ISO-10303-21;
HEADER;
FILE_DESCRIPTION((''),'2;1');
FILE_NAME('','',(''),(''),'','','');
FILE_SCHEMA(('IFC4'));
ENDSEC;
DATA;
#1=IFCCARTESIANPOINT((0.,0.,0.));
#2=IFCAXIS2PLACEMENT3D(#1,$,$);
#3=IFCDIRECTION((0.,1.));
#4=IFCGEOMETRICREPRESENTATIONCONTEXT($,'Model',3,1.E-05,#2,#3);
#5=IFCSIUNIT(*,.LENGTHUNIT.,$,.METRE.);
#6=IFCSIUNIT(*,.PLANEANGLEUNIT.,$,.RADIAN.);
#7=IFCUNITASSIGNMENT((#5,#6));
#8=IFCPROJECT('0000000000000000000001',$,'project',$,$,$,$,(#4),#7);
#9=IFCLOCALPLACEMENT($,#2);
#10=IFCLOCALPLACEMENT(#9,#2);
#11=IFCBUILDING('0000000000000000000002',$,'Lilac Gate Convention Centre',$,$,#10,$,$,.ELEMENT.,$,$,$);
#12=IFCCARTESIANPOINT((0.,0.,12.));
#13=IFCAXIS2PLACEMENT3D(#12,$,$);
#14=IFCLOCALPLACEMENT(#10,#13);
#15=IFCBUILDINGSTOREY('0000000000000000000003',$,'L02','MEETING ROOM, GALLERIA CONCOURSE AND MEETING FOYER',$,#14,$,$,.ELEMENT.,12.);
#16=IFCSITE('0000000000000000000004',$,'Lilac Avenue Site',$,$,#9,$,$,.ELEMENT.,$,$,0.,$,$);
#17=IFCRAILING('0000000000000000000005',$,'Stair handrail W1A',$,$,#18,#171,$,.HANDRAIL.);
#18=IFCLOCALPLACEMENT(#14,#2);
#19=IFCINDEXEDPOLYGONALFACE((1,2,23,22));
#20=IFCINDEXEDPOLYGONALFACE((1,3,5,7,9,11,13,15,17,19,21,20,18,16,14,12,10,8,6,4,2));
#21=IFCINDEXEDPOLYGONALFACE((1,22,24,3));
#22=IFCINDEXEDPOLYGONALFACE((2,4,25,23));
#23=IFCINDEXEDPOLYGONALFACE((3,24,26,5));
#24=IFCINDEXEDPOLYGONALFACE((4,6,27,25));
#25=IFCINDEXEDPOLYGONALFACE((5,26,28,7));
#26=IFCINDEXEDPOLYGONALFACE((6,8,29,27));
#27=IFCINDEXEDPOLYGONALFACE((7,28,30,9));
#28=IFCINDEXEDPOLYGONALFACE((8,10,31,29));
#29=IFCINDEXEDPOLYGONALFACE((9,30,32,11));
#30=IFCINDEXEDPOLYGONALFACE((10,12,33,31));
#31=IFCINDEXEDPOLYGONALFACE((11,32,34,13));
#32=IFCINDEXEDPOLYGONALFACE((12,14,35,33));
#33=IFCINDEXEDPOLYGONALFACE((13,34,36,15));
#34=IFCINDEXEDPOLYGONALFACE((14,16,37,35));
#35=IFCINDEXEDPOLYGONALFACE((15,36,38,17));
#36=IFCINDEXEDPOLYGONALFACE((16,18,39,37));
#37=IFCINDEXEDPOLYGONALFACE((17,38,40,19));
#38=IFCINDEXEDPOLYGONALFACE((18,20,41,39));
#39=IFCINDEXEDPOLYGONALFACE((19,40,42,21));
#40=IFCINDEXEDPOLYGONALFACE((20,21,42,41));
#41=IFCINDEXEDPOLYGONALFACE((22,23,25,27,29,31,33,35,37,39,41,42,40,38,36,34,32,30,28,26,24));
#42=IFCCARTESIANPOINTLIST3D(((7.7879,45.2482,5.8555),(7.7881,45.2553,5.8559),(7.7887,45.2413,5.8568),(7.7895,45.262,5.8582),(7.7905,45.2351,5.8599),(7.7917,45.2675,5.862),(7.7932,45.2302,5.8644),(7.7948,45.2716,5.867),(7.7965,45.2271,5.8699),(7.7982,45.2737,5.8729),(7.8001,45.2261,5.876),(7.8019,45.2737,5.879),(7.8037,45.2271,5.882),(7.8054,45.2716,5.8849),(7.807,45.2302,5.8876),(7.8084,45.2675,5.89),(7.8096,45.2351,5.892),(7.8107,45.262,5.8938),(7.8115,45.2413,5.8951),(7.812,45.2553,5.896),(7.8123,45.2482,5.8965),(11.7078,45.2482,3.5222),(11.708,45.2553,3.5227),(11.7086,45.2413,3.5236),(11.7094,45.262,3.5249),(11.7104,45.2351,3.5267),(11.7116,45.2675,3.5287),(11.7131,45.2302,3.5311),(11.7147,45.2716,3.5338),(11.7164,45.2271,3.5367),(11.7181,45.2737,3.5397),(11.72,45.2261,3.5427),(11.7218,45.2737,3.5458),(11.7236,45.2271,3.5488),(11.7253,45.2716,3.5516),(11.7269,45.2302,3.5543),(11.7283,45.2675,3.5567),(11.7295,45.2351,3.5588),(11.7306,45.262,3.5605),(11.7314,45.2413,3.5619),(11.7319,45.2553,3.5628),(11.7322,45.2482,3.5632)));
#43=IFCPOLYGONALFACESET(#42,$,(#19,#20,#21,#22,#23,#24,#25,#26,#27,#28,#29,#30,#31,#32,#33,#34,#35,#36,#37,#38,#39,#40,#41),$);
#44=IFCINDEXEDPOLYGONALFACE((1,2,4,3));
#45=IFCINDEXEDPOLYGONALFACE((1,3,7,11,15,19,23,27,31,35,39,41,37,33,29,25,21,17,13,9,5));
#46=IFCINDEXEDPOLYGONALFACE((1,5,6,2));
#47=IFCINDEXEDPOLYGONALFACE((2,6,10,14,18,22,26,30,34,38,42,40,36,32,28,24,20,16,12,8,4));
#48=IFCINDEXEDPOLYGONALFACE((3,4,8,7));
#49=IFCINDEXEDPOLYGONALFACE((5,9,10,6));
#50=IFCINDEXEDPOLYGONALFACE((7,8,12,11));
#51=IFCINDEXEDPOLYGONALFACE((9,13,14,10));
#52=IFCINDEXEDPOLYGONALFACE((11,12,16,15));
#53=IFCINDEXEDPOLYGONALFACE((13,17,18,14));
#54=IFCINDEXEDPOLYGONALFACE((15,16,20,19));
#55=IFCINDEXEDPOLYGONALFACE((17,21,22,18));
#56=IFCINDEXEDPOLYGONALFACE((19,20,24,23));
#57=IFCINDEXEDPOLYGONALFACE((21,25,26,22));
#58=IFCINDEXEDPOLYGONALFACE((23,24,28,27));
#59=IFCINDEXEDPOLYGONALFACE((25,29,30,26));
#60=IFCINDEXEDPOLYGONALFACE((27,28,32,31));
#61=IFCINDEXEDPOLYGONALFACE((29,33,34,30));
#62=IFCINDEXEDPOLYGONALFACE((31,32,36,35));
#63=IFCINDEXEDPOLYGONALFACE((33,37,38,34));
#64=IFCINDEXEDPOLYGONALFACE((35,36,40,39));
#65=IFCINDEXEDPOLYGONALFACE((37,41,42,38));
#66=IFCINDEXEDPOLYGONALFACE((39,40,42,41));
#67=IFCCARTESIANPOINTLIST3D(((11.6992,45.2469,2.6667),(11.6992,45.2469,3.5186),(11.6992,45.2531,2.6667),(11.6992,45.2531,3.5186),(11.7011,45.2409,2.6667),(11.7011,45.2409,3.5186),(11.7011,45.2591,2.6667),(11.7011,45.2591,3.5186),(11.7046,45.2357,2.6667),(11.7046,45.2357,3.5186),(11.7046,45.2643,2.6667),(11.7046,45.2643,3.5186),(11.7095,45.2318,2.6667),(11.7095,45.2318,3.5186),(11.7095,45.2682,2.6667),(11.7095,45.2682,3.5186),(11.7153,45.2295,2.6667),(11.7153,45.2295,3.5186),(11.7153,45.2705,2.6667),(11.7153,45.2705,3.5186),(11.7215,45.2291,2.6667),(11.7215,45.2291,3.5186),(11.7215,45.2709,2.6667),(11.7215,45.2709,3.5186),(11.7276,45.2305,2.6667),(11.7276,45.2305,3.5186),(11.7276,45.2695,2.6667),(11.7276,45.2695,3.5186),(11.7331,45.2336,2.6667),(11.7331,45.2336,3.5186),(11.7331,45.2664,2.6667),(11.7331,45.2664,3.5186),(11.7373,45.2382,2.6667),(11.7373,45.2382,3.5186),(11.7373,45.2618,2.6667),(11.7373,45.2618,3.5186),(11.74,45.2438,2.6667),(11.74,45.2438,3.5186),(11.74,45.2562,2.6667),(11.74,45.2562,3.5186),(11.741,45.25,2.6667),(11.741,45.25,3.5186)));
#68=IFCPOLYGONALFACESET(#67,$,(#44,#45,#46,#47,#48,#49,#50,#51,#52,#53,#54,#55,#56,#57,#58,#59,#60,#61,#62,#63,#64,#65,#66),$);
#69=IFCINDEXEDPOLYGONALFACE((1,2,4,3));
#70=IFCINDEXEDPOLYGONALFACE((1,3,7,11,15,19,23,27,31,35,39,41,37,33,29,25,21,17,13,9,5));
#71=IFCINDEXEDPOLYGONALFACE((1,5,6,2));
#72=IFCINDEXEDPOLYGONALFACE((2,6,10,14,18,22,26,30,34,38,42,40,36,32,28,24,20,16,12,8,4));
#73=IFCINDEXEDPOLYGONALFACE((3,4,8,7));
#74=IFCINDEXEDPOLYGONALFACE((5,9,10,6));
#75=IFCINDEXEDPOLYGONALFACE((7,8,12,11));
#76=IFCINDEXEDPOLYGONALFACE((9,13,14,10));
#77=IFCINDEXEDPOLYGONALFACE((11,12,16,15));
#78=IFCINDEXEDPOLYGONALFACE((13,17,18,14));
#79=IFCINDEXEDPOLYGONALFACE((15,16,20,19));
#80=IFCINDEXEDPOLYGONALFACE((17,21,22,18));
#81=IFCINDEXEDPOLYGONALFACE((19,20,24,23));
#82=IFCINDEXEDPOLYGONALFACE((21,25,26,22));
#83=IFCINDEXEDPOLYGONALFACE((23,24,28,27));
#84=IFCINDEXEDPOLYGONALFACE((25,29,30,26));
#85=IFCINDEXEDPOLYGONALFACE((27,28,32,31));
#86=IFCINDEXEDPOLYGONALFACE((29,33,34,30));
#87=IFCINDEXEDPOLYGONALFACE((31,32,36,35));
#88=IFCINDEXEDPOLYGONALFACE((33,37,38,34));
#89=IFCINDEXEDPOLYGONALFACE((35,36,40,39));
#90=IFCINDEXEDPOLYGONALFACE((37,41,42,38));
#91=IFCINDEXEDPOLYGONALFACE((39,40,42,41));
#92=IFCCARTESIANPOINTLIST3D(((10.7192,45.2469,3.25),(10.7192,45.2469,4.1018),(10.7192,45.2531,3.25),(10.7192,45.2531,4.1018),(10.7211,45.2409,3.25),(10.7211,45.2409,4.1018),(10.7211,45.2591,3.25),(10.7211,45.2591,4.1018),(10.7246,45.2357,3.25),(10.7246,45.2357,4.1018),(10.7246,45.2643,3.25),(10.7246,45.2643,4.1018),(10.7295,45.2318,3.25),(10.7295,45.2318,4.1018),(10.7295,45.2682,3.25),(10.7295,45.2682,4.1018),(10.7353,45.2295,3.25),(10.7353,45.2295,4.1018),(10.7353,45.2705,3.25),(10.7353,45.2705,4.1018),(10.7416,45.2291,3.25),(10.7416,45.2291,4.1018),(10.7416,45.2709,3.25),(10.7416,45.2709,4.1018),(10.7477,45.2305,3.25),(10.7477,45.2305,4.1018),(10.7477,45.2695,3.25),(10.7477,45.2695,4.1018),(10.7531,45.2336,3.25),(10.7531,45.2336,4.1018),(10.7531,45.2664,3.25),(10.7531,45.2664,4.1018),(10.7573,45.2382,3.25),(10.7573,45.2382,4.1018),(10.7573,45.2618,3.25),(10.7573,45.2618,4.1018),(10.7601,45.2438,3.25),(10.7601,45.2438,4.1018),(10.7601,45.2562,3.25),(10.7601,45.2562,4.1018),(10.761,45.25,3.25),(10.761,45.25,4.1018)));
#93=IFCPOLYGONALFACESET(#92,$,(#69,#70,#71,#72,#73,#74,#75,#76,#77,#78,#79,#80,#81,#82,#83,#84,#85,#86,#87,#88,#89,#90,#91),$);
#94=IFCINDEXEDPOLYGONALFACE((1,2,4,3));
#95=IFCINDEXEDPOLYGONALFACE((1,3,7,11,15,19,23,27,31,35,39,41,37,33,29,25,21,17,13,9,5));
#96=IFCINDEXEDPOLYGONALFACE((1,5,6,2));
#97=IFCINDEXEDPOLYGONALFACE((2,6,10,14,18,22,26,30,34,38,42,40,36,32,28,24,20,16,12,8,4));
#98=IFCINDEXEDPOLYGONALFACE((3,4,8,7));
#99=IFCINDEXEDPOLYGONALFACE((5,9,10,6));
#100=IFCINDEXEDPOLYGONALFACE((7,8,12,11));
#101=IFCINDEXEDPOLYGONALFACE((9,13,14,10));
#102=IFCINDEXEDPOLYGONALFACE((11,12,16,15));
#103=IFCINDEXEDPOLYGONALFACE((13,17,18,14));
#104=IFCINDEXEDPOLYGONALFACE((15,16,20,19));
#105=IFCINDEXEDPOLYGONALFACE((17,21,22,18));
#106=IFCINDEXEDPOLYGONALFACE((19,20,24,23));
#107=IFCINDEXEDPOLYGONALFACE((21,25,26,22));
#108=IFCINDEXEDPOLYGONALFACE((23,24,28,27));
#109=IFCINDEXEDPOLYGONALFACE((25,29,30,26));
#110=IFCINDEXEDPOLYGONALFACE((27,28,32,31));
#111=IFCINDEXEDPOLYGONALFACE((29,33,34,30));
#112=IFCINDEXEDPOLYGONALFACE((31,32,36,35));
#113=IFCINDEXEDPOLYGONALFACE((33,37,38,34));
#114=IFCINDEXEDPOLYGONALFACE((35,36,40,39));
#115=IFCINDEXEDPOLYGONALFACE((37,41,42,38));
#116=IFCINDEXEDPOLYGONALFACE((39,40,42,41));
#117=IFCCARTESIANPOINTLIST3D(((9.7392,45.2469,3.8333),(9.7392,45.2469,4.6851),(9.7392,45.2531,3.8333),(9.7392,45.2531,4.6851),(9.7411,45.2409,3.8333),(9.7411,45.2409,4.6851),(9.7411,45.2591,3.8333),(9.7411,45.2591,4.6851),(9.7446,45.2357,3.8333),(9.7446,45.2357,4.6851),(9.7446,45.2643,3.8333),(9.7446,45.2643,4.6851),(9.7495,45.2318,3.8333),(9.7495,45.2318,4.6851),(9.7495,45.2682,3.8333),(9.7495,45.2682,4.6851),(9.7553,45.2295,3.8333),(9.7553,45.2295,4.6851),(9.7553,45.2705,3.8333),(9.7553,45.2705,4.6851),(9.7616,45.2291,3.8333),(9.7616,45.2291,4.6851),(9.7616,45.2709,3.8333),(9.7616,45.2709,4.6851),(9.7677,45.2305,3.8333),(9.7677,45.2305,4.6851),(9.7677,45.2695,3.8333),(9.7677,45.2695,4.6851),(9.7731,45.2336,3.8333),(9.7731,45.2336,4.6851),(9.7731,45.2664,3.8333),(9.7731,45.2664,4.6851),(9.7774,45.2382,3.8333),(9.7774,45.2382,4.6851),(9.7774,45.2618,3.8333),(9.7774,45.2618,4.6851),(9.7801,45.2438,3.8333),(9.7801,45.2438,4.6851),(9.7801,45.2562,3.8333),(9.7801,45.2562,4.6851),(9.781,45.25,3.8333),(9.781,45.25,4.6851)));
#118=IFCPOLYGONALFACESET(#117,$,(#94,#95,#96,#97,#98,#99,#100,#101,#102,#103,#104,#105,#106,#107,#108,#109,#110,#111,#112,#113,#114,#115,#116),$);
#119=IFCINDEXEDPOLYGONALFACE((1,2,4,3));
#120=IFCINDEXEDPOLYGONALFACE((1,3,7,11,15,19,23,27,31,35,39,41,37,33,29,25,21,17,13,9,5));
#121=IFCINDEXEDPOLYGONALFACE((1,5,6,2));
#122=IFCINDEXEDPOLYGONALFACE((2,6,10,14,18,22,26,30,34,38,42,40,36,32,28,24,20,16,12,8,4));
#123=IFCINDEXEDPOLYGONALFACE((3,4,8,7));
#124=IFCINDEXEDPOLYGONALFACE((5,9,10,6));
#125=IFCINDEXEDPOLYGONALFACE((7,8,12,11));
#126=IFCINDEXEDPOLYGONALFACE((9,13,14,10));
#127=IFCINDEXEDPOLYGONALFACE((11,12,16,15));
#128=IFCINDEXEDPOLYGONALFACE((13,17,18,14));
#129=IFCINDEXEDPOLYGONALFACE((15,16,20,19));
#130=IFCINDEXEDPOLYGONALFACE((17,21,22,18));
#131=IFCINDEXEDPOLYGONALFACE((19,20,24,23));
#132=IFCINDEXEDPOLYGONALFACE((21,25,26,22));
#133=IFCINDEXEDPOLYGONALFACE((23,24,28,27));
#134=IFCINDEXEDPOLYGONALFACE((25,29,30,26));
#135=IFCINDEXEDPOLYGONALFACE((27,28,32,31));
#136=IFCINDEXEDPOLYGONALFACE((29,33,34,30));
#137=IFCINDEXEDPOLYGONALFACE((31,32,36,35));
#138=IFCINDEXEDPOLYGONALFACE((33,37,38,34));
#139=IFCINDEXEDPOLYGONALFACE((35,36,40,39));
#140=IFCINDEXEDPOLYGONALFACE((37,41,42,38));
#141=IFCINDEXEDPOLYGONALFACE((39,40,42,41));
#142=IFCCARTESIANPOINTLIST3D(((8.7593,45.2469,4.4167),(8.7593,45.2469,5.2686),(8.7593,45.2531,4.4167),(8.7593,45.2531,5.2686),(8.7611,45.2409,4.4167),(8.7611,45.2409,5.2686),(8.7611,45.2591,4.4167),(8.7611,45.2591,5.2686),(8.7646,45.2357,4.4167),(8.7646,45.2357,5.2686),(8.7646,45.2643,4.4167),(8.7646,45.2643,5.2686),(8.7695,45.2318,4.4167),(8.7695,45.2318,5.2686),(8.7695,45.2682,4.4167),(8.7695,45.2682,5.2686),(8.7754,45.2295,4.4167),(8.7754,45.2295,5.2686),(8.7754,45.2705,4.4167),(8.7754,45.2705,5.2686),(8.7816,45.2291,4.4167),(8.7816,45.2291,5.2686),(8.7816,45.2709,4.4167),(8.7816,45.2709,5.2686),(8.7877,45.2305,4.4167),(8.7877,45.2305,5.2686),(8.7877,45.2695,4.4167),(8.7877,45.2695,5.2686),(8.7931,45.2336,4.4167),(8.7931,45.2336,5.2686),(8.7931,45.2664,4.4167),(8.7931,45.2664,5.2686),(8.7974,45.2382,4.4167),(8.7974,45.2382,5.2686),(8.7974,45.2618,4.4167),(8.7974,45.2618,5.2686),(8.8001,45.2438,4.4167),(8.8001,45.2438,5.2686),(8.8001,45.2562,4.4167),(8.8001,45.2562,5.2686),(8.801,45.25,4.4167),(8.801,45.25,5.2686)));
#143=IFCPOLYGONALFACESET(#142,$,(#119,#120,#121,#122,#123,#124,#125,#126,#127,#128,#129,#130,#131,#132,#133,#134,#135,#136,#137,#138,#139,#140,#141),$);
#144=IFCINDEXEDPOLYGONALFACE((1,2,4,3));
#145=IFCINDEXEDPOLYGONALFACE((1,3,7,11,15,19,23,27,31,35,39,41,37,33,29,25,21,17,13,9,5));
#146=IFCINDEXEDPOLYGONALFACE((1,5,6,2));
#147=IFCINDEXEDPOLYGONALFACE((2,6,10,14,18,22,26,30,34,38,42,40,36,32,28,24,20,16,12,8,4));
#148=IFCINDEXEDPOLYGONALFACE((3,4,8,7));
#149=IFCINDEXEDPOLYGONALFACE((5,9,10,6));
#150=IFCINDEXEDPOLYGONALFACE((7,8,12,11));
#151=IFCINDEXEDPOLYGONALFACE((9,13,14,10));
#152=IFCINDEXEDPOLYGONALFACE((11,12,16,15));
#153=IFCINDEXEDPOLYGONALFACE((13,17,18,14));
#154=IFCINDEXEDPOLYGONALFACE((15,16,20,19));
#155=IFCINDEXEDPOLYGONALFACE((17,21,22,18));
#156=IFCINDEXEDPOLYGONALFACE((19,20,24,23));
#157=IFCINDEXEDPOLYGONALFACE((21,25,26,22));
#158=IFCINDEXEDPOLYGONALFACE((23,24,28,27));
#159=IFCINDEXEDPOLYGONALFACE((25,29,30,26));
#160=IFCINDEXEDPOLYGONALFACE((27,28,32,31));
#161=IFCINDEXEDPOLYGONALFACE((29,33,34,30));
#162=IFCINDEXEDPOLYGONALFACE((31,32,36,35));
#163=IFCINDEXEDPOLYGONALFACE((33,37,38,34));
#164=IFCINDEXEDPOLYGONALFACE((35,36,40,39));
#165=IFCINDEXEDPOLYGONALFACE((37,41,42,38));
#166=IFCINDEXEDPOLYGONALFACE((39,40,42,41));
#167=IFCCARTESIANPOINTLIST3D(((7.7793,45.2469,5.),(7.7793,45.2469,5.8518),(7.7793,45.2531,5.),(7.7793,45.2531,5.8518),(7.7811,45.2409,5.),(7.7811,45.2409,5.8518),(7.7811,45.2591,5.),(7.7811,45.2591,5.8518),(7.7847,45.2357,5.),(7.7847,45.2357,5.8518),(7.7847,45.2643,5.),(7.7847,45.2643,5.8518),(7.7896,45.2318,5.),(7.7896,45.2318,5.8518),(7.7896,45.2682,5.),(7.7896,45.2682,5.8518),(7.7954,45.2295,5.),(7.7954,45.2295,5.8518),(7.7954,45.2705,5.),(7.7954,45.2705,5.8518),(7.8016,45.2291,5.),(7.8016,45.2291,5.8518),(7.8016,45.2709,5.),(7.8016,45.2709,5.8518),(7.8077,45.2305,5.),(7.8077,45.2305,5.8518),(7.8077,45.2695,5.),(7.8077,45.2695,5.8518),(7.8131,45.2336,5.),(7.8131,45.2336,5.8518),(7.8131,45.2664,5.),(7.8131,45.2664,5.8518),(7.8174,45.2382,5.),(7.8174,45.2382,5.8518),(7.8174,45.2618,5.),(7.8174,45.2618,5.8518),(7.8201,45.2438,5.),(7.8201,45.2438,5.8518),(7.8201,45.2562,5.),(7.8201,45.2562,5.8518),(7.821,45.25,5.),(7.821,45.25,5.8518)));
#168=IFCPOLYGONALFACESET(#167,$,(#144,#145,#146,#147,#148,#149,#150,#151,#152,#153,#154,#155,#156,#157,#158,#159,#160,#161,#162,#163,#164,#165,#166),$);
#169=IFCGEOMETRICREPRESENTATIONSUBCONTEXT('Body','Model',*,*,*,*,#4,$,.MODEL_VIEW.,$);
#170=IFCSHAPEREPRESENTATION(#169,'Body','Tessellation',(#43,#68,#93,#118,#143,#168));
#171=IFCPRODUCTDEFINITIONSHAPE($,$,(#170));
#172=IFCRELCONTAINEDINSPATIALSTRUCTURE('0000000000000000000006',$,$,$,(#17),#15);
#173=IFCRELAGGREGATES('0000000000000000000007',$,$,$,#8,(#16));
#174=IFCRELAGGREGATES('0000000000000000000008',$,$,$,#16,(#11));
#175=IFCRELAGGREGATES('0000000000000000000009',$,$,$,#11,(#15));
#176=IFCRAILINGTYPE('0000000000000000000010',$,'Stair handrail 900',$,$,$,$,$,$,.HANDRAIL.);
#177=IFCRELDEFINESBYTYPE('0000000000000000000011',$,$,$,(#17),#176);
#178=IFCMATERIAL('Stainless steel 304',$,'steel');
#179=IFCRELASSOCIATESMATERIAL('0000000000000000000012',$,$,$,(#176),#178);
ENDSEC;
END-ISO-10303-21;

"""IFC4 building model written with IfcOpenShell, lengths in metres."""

from ifc_helpers import new_model, si_unit, direction, frame, origin, origin_2d, place, context, subcontext, project, spatial, circle, extrude, material, type_object, element, save


model = new_model("IFC4")

# Units and contexts
model_context = context("Model", 3, precision=1e-05, world=origin(), true_north=direction((0.0, 1.0)))
body_context = subcontext(model_context, "Body", "Model", "MODEL_VIEW")
ifc_project = project(units=[si_unit("LENGTHUNIT", "METRE"), si_unit("PLANEANGLEUNIT", "RADIAN")], contexts=[model_context])

# Site, building, storey
site_placement = place(None, origin())
site = spatial("IfcSite", under=ifc_project, at=site_placement, Name="Lilac Avenue Site", CompositionType="ELEMENT", RefElevation=0.0)
building_placement = place(site_placement, origin())
building = spatial("IfcBuilding", under=site, at=building_placement, Name="Lilac Gate Convention Centre", CompositionType="ELEMENT")
storey_placement = place(building_placement, frame((0.0, 0.0, 12.0)))
storey = spatial("IfcBuildingStorey", under=building, at=storey_placement, Name="L02", Description="MEETING ROOM, GALLERIA CONCOURSE AND MEETING FOYER", CompositionType="ELEMENT", Elevation=12.0)

# Shared definitions
ifc_material_1 = material(Name="Stainless steel 304", Category="steel")

# Railing
railing_type = type_object("IfcRailingType", Name="Stair handrail 900", PredefinedType="HANDRAIL", material=ifc_material_1)
for number, where, name in (
    (1, (11.72, 45.25, 2.6667), "Stair handrail W1A"),
):
    element("IfcRailing", number, at=place(storey_placement, frame(where)), inside=storey, type_object=railing_type, Name=name, PredefinedType="HANDRAIL", context=body_context, shape_type="SweptSolid", body=[
        extrude(circle(Radius=0.0239, at=origin_2d()), frame((0.0, 0.0, 0.876), z_axis=(-0.859296, 0.0, 0.511478), x_axis=(0.0, -1.0, 0.0)), (0.0, 0.0, 1.0), 4.5618),
        extrude(circle(Radius=0.021, at=origin_2d()), origin(), (0.0, 0.0, 1.0), 0.8518),
        extrude(circle(Radius=0.021, at=origin_2d()), frame((-0.98, 0.0, 0.5833)), (0.0, 0.0, 1.0), 0.8518),
        extrude(circle(Radius=0.021, at=origin_2d()), frame((-1.96, 0.0, 1.1665)), (0.0, 0.0, 1.0), 0.8518),
        extrude(circle(Radius=0.021, at=origin_2d()), frame((-2.9399, 0.0, 1.75)), (0.0, 0.0, 1.0), 0.8518),
        extrude(circle(Radius=0.021, at=origin_2d()), frame((-3.9199, 0.0, 2.3333)), (0.0, 0.0, 1.0), 0.8518),
    ])

save(model, "model.ifc")
